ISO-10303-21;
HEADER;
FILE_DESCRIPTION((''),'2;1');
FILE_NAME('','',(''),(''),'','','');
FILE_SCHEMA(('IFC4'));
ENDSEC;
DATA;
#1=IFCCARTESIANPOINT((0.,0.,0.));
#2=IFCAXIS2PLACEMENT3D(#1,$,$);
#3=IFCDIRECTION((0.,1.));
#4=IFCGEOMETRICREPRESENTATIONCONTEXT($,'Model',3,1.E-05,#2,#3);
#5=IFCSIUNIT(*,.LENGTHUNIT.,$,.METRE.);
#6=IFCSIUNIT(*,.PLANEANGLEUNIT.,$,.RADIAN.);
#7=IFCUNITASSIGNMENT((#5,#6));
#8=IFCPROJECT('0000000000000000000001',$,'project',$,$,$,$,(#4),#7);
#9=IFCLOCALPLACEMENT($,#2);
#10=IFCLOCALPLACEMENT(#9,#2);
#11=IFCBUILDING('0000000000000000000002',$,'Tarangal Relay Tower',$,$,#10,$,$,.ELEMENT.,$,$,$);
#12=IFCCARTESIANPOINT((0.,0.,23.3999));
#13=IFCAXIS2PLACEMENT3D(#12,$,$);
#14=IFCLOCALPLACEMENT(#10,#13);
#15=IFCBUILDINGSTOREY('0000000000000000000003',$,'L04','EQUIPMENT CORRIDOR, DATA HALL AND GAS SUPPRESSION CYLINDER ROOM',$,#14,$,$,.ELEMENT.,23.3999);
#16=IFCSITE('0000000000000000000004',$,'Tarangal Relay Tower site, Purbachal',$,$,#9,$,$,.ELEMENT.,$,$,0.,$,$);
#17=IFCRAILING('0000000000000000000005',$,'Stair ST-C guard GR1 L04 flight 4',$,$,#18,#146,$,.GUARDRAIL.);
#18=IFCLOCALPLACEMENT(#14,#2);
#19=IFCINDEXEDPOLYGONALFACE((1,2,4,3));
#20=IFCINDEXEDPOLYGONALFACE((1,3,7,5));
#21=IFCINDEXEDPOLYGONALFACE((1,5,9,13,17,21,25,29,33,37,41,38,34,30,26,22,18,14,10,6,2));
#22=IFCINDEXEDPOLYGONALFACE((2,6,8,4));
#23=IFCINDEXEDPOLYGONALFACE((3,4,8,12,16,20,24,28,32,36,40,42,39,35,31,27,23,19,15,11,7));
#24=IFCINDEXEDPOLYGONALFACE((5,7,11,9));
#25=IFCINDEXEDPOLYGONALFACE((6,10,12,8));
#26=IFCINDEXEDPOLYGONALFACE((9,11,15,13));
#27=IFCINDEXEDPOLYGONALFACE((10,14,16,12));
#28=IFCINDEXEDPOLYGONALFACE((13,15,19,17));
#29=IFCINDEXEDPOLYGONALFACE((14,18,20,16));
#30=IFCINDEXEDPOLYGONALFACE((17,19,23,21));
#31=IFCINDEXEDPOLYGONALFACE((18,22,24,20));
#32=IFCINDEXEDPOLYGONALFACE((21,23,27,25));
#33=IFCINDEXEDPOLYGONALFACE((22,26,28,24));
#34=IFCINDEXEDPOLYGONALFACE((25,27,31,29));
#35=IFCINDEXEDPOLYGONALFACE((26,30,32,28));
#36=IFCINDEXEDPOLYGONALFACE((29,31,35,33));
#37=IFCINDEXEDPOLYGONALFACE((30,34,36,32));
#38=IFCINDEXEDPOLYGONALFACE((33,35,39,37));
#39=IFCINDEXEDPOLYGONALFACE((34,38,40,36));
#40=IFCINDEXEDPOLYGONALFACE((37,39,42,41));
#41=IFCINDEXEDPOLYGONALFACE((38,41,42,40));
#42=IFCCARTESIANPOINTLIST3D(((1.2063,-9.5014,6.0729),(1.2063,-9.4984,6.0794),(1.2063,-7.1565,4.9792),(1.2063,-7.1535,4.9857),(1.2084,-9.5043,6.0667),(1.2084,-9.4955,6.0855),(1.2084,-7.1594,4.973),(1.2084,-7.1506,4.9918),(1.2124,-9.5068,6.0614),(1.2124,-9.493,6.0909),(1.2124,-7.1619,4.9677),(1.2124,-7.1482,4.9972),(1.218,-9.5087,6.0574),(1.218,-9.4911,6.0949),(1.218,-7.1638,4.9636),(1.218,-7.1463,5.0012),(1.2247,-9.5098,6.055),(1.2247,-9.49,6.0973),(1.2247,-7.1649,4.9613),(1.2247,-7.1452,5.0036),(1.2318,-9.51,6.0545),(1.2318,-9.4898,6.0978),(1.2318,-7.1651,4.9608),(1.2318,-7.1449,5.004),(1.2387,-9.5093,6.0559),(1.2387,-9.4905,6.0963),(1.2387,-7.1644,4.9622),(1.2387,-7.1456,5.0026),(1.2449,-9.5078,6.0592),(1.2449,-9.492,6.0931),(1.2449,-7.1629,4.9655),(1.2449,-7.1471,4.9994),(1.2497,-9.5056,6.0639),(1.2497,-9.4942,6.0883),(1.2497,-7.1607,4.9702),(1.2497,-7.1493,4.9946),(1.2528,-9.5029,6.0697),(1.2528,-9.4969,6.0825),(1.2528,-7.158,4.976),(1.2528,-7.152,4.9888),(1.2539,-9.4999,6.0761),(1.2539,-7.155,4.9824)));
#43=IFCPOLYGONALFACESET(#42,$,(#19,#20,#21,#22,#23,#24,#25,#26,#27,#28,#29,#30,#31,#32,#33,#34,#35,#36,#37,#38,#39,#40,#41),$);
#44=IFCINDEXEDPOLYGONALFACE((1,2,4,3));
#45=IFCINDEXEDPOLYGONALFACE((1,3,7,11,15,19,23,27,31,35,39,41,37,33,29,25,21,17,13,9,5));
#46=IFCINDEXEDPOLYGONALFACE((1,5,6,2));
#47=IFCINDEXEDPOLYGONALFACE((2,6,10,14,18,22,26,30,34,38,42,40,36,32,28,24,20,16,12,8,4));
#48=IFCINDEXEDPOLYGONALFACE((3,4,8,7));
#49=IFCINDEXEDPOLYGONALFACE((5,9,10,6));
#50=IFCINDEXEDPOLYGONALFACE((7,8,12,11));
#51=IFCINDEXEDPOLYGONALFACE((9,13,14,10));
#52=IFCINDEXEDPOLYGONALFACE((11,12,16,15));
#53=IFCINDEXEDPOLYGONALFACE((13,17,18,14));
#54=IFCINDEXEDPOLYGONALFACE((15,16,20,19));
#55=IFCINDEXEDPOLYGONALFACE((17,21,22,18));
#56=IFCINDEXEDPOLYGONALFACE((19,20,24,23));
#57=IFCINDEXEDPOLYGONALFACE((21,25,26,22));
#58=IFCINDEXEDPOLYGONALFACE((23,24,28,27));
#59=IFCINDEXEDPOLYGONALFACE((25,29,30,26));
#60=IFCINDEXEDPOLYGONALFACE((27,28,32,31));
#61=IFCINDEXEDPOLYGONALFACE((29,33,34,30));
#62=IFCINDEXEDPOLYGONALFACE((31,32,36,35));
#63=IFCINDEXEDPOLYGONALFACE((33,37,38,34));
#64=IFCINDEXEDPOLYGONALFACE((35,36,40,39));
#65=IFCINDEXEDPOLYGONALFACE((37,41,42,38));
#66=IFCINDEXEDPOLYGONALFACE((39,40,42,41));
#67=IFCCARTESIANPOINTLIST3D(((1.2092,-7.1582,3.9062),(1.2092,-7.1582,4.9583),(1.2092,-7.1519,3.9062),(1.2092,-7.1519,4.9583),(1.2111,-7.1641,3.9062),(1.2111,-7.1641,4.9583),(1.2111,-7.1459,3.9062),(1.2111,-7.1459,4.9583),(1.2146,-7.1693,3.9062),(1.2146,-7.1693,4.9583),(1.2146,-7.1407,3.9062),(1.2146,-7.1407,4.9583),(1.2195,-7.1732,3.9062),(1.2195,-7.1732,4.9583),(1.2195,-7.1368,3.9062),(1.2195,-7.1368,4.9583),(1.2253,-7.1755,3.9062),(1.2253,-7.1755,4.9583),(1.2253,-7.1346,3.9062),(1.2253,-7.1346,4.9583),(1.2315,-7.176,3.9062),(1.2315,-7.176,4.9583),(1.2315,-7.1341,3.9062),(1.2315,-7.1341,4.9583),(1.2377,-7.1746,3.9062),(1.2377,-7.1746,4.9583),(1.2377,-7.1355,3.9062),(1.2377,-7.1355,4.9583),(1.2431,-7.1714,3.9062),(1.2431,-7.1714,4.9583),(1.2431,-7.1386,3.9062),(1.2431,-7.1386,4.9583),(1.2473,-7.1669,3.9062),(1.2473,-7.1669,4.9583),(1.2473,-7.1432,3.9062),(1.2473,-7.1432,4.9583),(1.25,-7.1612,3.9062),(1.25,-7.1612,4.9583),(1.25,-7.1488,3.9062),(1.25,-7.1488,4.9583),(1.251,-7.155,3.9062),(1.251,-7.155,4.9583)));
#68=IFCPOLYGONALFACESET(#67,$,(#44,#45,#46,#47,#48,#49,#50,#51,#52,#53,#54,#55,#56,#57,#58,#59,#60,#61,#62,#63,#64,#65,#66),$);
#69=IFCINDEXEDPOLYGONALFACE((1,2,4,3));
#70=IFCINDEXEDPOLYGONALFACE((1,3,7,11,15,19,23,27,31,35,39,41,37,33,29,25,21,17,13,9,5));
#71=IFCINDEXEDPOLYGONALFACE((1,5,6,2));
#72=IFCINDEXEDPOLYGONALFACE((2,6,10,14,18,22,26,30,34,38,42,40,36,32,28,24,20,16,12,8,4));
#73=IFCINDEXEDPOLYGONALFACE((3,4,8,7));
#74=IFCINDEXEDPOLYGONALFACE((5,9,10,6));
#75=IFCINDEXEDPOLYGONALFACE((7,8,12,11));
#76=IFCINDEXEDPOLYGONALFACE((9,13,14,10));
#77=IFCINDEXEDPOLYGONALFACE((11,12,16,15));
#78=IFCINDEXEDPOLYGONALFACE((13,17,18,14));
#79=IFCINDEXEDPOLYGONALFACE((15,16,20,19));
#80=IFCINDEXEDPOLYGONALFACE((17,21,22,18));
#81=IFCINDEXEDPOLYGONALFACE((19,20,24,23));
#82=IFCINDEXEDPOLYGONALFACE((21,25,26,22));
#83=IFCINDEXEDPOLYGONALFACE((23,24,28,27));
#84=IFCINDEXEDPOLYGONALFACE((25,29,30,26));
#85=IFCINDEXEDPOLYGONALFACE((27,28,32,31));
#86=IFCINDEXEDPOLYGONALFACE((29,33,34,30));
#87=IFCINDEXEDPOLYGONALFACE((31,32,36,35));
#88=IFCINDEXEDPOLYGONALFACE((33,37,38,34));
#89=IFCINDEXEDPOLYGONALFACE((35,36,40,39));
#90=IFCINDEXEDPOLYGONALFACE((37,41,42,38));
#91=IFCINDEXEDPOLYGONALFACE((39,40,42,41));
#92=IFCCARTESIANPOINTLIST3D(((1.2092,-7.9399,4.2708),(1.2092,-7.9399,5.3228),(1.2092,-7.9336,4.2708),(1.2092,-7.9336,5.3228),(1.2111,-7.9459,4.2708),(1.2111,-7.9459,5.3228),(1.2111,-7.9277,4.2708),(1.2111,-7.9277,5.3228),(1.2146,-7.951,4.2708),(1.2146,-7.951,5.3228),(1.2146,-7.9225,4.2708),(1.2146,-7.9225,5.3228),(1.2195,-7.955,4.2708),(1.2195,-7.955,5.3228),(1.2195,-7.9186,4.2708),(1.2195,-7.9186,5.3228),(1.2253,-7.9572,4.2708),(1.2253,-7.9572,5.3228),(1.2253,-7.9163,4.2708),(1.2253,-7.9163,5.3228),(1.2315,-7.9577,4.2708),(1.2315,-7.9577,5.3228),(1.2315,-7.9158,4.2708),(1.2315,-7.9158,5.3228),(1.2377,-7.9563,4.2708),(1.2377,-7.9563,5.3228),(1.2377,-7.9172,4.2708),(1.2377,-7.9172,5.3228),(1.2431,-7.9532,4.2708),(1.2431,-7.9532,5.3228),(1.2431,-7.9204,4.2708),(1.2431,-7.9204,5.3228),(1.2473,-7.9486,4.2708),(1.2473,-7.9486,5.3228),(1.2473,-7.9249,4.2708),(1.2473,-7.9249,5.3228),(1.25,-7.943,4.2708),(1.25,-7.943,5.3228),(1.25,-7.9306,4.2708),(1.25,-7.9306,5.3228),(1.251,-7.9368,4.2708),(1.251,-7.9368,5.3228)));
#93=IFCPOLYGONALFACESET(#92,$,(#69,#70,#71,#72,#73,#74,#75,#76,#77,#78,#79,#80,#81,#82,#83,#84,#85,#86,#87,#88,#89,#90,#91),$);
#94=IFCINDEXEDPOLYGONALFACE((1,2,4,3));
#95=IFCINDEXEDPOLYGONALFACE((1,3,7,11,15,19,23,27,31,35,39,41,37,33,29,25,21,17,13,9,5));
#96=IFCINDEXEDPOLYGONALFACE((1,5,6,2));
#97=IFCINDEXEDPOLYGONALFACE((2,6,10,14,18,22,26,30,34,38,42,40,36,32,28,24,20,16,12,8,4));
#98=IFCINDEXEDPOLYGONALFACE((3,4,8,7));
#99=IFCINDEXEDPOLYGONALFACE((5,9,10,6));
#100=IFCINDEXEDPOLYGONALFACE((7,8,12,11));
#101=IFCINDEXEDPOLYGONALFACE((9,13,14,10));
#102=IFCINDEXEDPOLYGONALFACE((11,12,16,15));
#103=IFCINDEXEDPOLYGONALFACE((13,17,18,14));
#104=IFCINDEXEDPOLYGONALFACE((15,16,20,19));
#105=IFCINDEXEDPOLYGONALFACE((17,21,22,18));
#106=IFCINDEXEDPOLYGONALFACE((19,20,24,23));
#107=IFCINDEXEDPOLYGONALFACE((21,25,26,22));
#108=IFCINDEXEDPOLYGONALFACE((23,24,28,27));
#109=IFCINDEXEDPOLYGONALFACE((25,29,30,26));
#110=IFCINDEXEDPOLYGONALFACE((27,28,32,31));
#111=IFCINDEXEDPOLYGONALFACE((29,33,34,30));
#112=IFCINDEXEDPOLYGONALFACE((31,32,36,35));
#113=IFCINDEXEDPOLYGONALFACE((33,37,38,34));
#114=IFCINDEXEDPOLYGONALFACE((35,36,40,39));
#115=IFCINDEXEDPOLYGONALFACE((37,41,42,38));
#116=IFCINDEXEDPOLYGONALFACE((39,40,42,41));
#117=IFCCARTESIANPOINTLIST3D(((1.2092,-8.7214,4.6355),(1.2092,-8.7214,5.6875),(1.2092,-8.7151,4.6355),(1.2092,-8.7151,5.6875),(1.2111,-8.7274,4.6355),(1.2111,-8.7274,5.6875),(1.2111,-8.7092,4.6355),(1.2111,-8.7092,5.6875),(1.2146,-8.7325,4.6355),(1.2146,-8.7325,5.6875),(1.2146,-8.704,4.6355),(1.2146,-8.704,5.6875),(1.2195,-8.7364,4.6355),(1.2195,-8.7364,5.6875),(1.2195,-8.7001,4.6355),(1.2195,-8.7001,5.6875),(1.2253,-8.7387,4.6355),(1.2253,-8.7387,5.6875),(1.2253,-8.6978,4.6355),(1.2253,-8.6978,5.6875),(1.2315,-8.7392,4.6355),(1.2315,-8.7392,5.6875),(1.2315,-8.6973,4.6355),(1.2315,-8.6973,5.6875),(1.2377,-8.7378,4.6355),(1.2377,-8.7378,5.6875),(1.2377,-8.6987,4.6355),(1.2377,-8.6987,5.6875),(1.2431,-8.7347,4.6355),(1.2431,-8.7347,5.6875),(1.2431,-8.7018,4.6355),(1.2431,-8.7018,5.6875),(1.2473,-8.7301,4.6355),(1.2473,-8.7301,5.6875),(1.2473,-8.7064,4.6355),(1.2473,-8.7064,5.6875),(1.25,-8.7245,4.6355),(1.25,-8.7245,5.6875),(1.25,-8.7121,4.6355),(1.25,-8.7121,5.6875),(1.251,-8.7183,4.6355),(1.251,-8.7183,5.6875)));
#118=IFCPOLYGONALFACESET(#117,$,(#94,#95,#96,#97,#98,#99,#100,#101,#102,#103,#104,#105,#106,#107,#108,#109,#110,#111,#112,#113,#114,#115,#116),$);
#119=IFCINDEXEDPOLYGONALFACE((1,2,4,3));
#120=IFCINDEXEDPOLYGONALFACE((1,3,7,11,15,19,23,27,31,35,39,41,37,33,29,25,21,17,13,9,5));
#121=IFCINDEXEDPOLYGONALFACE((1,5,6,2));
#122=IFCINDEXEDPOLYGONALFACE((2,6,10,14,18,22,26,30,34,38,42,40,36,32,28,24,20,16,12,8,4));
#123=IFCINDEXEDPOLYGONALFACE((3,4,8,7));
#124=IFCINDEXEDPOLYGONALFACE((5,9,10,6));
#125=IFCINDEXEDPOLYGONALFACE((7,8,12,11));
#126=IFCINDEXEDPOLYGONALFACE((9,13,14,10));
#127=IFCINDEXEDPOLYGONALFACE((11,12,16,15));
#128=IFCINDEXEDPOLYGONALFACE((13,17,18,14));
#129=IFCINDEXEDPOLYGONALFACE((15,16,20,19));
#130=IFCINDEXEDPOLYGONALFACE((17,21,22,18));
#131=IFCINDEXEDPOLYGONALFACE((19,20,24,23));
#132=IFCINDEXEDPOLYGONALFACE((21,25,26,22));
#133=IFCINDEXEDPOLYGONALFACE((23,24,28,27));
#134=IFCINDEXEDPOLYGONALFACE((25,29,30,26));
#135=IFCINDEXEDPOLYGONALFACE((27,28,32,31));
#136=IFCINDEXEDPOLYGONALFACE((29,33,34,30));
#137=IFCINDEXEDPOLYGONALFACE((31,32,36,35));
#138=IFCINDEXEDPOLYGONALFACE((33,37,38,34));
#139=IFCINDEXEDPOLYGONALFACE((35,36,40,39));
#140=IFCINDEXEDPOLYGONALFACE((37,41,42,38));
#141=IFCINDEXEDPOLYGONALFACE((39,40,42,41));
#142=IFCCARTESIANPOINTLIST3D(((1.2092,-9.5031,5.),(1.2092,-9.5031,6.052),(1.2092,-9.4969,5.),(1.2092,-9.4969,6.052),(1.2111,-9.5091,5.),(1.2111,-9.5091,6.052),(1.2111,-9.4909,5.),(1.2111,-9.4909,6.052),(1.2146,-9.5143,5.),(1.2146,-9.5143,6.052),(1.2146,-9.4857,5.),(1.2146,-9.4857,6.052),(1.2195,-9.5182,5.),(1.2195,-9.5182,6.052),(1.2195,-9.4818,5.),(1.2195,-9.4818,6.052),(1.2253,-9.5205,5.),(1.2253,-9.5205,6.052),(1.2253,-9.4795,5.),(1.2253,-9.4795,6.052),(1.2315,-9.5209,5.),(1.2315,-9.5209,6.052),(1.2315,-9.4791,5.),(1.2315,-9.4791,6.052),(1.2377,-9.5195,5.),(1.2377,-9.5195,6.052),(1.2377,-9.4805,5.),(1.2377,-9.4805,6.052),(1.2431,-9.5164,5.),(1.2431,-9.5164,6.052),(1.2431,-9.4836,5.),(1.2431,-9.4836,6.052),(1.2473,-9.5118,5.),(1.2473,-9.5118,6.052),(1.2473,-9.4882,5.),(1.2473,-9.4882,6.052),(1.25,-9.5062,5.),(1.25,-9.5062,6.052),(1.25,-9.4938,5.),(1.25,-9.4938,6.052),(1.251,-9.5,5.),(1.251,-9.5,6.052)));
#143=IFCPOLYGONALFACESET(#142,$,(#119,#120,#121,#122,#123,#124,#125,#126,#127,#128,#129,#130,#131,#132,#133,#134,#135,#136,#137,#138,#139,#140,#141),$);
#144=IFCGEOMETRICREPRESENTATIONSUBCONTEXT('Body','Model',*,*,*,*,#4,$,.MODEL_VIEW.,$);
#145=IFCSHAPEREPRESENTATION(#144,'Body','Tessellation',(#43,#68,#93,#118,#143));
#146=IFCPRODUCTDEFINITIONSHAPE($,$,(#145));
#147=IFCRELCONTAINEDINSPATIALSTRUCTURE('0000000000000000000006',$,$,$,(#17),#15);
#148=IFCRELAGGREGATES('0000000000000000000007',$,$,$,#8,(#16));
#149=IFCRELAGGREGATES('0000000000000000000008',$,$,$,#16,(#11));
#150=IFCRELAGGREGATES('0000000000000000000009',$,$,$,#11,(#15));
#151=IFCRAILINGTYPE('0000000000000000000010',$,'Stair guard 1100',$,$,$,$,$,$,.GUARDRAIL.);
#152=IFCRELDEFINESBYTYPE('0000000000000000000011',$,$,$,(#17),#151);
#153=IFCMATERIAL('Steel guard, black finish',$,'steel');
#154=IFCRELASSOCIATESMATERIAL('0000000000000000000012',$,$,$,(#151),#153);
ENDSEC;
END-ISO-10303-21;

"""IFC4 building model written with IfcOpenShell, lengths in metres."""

from ifc_helpers import new_model, si_unit, direction, frame, origin, origin_2d, place, context, subcontext, project, spatial, circle, extrude, material, type_object, element, save


model = new_model("IFC4")

# Units and contexts
model_context = context("Model", 3, precision=1e-05, world=origin(), true_north=direction((0.0, 1.0)))
body_context = subcontext(model_context, "Body", "Model", "MODEL_VIEW")
ifc_project = project(units=[si_unit("LENGTHUNIT", "METRE"), si_unit("PLANEANGLEUNIT", "RADIAN")], contexts=[model_context])

# Site, building, storey
site_placement = place(None, origin())
site = spatial("IfcSite", under=ifc_project, at=site_placement, Name="Tarangal Relay Tower site, Purbachal", CompositionType="ELEMENT", RefElevation=0.0)
building_placement = place(site_placement, origin())
building = spatial("IfcBuilding", under=site, at=building_placement, Name="Tarangal Relay Tower", CompositionType="ELEMENT")
storey_placement = place(building_placement, frame((0.0, 0.0, 23.3999)))
storey = spatial("IfcBuildingStorey", under=building, at=storey_placement, Name="L04", Description="EQUIPMENT CORRIDOR, DATA HALL AND GAS SUPPRESSION CYLINDER ROOM", CompositionType="ELEMENT", Elevation=23.3999)

# Railing
ifc_material_1 = material(Name="Steel guard, black finish", Category="steel")
railing_type_1 = type_object("IfcRailingType", Name="Stair guard 1100", PredefinedType="GUARDRAIL", material=ifc_material_1)
for number, where, name in (
    (1, (1.23, -7.155, 3.9062), "Stair ST-C guard GR1 L04 flight 4"),
):
    element("IfcRailing", number, at=place(storey_placement, frame(where)), inside=storey, type_object=railing_type_1, Name=name, PredefinedType="GUARDRAIL", context=body_context, shape_type="SweptSolid", body=[
        extrude(circle(Radius=0.0239, at=origin_2d()), frame((0.0, 0.0, 1.0762), z_axis=(0.0, -0.906267, 0.422705), x_axis=(1.0, 0.0, 0.0)), (0.0, 0.0, 1.0), 2.5874),
        extrude(circle(Radius=0.021, at=origin_2d()), origin(), (0.0, 0.0, 1.0), 1.052),
        extrude(circle(Radius=0.021, at=origin_2d()), frame((0.0, -0.7817, 0.3645)), (0.0, 0.0, 1.0), 1.052),
        extrude(circle(Radius=0.021, at=origin_2d()), frame((0.0, -1.5632, 0.7292)), (0.0, 0.0, 1.0), 1.052),
        extrude(circle(Radius=0.021, at=origin_2d()), frame((0.0, -2.345, 1.0938)), (0.0, 0.0, 1.0), 1.052),
    ])

save(model, "model.ifc")
